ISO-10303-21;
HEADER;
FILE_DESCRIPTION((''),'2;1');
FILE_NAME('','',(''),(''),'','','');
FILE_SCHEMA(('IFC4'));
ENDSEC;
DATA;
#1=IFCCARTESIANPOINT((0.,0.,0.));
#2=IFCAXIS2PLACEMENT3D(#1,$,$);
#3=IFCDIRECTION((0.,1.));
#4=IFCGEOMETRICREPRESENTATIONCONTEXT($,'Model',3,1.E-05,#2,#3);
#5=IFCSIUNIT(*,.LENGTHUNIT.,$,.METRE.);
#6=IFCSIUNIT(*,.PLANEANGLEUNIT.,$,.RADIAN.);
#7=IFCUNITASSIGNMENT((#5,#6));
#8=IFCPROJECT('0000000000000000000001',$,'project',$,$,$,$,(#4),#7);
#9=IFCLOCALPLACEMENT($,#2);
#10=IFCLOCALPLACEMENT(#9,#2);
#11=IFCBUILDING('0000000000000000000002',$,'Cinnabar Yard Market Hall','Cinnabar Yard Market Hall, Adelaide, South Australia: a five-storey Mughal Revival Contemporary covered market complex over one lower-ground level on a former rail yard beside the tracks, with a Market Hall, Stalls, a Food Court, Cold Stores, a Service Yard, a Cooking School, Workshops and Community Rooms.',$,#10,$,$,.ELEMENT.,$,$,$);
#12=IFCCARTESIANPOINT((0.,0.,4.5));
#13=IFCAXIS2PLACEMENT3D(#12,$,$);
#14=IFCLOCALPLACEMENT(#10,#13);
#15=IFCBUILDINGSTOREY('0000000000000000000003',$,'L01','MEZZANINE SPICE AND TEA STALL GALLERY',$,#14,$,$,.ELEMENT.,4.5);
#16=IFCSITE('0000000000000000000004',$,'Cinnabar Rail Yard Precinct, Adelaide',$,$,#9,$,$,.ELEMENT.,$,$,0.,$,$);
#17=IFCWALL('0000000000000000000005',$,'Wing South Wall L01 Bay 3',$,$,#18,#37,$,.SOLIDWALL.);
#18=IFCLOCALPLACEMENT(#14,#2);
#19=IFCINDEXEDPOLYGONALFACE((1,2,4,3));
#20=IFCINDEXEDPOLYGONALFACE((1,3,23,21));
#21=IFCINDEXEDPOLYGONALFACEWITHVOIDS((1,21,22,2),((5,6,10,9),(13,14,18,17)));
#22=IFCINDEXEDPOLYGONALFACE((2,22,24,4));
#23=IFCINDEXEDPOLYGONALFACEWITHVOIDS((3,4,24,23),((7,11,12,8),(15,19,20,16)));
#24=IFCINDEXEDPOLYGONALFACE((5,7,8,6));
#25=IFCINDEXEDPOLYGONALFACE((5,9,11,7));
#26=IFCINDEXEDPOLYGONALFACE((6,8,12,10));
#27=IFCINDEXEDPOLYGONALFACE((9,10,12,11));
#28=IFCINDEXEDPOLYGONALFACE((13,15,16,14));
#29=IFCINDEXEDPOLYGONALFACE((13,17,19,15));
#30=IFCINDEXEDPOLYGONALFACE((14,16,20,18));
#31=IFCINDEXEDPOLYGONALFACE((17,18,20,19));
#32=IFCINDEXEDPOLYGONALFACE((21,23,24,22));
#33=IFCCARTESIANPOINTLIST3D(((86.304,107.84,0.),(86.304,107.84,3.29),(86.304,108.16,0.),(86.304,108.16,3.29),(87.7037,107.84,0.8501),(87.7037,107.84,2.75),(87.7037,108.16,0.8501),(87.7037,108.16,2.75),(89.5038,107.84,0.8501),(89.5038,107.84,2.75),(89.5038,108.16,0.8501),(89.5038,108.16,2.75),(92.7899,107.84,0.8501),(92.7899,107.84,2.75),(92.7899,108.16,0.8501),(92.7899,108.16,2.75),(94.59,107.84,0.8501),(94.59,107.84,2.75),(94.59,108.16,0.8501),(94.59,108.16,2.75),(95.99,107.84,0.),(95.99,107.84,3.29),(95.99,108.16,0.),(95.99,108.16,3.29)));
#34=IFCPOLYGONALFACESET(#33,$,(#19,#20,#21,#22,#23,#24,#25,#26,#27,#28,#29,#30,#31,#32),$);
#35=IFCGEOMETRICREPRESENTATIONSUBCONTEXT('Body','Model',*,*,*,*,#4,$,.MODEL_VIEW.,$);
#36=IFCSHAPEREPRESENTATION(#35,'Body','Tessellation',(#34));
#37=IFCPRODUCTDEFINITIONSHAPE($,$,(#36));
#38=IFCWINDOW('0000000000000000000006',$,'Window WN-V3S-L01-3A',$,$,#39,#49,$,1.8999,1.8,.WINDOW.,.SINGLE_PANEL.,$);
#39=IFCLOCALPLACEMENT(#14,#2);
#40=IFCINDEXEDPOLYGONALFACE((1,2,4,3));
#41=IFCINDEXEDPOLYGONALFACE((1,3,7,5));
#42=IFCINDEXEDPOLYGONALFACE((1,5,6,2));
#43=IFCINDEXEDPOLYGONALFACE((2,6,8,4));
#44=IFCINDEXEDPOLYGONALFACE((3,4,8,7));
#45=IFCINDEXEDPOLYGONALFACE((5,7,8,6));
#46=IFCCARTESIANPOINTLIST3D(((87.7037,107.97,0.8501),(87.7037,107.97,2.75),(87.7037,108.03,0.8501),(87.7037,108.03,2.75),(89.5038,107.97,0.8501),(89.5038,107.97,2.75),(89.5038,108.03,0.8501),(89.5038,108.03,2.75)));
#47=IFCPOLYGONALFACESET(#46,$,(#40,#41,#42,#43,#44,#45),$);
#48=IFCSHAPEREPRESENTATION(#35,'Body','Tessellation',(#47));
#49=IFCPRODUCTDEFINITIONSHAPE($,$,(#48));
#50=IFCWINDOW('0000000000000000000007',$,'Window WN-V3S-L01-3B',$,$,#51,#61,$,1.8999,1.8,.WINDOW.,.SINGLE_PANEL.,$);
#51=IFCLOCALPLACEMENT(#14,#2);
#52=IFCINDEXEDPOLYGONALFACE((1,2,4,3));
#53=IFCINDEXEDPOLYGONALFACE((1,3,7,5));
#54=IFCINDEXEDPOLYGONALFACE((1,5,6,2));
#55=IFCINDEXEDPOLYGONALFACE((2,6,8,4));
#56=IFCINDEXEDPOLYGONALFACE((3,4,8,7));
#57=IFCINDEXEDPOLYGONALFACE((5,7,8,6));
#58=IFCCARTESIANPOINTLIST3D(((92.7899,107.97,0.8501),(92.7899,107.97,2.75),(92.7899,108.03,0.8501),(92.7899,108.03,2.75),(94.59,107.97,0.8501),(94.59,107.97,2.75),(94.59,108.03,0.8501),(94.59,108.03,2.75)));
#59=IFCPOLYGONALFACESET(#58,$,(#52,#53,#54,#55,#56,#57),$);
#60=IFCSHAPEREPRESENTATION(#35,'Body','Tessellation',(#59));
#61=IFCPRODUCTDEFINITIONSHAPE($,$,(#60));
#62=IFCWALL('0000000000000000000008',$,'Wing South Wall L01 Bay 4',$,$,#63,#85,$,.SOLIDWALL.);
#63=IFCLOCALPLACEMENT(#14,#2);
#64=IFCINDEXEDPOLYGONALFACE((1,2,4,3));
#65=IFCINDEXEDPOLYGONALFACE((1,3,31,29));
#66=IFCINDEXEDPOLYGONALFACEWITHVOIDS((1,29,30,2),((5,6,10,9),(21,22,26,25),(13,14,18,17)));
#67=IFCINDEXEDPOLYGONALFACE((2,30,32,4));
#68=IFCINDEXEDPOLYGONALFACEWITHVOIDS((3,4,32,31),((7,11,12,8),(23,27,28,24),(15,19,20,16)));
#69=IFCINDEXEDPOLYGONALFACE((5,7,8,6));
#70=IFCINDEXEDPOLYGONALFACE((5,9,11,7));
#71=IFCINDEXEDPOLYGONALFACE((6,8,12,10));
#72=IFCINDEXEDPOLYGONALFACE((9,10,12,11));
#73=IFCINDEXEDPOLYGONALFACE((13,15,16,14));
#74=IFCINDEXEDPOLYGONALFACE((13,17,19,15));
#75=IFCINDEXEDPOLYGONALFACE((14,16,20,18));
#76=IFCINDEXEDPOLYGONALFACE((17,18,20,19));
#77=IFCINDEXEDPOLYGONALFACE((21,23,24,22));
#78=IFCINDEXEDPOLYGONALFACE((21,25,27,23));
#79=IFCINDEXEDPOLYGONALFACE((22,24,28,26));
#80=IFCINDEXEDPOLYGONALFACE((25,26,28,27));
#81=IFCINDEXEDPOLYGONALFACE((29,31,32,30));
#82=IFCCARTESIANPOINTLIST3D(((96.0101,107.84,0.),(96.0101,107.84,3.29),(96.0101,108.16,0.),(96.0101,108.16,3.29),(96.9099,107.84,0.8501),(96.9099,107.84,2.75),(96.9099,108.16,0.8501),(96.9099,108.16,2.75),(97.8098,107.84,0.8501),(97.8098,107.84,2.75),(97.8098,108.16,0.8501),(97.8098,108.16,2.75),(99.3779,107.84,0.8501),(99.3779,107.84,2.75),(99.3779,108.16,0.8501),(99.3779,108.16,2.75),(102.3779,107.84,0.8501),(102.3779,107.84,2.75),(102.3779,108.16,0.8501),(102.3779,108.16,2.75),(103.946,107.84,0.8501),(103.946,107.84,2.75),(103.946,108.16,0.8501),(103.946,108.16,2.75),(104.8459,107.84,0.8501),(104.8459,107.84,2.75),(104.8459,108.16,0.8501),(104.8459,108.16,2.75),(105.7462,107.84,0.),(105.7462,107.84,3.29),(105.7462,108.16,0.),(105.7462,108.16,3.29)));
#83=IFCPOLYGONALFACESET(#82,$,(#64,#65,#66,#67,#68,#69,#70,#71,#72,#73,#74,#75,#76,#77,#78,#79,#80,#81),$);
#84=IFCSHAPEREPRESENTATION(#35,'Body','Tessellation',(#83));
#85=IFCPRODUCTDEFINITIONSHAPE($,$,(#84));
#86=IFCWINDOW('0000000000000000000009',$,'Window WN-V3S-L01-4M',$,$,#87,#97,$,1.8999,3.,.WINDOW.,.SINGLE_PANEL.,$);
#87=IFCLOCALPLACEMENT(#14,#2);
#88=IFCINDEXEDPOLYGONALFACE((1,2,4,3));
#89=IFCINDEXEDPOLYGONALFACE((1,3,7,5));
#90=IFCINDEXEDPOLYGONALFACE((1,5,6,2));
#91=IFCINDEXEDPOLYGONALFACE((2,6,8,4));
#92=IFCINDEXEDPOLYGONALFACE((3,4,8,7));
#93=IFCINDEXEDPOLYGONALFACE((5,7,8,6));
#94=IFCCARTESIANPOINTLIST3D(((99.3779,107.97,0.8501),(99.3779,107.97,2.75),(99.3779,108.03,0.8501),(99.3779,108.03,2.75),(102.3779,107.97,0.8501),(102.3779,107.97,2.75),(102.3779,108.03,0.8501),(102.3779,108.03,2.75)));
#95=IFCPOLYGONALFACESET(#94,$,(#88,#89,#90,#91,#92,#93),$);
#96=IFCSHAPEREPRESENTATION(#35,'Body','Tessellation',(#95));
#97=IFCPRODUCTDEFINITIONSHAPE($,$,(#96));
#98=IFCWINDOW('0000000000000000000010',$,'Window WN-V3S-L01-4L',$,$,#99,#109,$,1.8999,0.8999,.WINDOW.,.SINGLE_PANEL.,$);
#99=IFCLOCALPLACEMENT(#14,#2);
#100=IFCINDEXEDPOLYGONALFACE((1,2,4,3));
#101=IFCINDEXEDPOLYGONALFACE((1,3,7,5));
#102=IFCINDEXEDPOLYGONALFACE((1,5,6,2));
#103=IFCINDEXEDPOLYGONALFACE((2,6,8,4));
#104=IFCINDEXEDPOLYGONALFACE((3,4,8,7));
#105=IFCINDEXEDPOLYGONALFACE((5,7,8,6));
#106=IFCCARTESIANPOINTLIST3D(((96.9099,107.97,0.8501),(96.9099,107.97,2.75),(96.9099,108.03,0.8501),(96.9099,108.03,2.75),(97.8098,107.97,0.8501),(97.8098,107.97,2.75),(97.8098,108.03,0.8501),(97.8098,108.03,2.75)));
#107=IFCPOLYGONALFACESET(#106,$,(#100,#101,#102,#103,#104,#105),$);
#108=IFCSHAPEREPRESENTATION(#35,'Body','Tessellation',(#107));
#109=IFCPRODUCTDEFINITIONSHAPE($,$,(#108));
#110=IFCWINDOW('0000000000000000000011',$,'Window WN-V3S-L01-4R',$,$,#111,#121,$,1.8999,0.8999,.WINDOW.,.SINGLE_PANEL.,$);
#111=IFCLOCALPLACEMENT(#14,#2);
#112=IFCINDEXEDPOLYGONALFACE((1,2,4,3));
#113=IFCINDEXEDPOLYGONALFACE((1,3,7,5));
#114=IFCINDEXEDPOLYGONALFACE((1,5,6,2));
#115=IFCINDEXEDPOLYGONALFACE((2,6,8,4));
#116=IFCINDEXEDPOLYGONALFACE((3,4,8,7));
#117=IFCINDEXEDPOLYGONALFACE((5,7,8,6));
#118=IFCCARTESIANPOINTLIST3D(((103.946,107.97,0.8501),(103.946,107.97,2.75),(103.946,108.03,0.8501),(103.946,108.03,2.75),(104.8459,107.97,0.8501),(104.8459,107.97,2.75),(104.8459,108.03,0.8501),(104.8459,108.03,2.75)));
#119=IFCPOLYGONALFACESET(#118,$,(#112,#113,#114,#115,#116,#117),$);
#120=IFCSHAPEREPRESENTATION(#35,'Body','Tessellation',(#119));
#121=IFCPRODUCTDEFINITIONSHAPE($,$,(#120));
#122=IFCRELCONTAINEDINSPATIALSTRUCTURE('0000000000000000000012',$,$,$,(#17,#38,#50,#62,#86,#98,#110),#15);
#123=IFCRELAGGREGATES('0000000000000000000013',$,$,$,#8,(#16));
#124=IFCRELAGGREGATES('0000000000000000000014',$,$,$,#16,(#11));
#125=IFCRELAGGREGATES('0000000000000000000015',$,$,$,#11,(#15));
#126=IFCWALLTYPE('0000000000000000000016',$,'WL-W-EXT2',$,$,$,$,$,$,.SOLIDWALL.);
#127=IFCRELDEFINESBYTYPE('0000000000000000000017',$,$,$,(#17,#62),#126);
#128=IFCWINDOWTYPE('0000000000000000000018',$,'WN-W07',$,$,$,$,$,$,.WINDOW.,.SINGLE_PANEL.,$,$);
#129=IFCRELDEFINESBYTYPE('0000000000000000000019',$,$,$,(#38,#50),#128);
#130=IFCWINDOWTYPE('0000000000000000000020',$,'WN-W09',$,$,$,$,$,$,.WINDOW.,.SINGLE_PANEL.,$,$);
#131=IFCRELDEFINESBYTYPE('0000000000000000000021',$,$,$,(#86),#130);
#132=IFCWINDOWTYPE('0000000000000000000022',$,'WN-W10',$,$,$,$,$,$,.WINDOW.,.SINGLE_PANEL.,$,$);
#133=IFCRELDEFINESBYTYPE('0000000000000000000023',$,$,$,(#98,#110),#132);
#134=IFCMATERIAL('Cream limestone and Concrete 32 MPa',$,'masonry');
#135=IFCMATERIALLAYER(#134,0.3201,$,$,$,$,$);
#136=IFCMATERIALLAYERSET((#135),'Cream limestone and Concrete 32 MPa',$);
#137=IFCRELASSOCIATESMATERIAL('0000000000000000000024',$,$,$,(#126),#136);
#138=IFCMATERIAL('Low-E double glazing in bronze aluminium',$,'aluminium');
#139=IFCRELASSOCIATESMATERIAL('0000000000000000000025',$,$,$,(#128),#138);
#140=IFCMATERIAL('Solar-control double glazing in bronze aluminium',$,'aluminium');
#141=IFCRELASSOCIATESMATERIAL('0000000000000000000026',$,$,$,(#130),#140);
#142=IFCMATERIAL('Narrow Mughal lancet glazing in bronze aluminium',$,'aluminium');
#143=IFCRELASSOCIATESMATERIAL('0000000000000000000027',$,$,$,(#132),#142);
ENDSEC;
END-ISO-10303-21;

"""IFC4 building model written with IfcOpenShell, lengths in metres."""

from ifc_helpers import new_model, si_unit, direction, frame, frame_2d, origin, place, context, subcontext, project, spatial, rectangle, extrude, material, layer, layer_set, type_object, element, fill, save


model = new_model("IFC4")

# Units and contexts
model_context = context("Model", 3, precision=1e-05, world=origin(), true_north=direction((0.0, 1.0)))
body_context = subcontext(model_context, "Body", "Model", "MODEL_VIEW")
ifc_project = project(units=[si_unit("LENGTHUNIT", "METRE"), si_unit("PLANEANGLEUNIT", "RADIAN")], contexts=[model_context])

# Site, building, storey
site_placement = place(None, origin())
site = spatial("IfcSite", under=ifc_project, at=site_placement, Name="Cinnabar Rail Yard Precinct, Adelaide", CompositionType="ELEMENT", RefElevation=0.0)
building_placement = place(site_placement, origin())
building = spatial("IfcBuilding", under=site, at=building_placement, Name="Cinnabar Yard Market Hall", Description="Cinnabar Yard Market Hall, Adelaide, South Australia: a five-storey Mughal Revival Contemporary covered market complex over one lower-ground level on a former rail yard beside the tracks, with a Market Hall, Stalls, a Food Court, Cold Stores, a Service Yard, a Cooking School, Workshops and Community Rooms.", CompositionType="ELEMENT")
storey_placement = place(building_placement, frame((0.0, 0.0, 4.5)))
storey = spatial("IfcBuildingStorey", under=building, at=storey_placement, Name="L01", Description="MEZZANINE SPICE AND TEA STALL GALLERY", CompositionType="ELEMENT", Elevation=4.5)

# Walls, openings, windows
ifc_material_1 = material(Name="Cream limestone and Concrete 32 MPa", Category="masonry")
ifc_layer = layer(ifc_material_1, 0.3201)
ifc_layer_set = layer_set([ifc_layer], Name="Cream limestone and Concrete 32 MPa")
wall_type = type_object("IfcWallType", Name="WL-W-EXT2", PredefinedType="SOLIDWALL", material=ifc_layer_set)
wall_1_placement = place(storey_placement, frame((86.304, 108.0, 0.0), z_axis=(0.0, 0.0, 1.0), x_axis=(1.0, 0.0, 0.0)))
wall_1 = element("IfcWall", 1, at=wall_1_placement, inside=storey, type_object=wall_type, Name="Wing South Wall L01 Bay 3", PredefinedType="SOLIDWALL", context=body_context, shape_type="SweptSolid", body=[
    extrude(rectangle(XDim=9.686, YDim=0.3201, at=frame_2d((4.843, 0.0), x_axis=(1.0, 0.0))), origin(), (0.0, 0.0, 1.0), 3.29),
])
opening_1_placement = place(wall_1_placement, frame((1.3999, 0.0, 0.8501)))
opening_1 = element("IfcOpeningElement", 2, at=opening_1_placement, cuts=wall_1, PredefinedType="OPENING", context=body_context, shape_type="SweptSolid", body=[
    extrude(rectangle(XDim=1.8, YDim=1.8999, at=frame_2d((0.8999, 0.95), x_axis=(1.0, 0.0))), frame((0.0, 0.1699, 0.0), z_axis=(0.0, -1.0, 0.0), x_axis=(1.0, 0.0, 0.0)), (0.0, 0.0, 1.0), 0.3401),
])
opening_2_placement = place(wall_1_placement, frame((6.4861, 0.0, 0.8501)))
opening_2 = element("IfcOpeningElement", 3, at=opening_2_placement, cuts=wall_1, PredefinedType="OPENING", context=body_context, shape_type="SweptSolid", body=[
    extrude(rectangle(XDim=1.8, YDim=1.8999, at=frame_2d((0.8999, 0.95), x_axis=(1.0, 0.0))), frame((0.0, 0.1699, 0.0), z_axis=(0.0, -1.0, 0.0), x_axis=(1.0, 0.0, 0.0)), (0.0, 0.0, 1.0), 0.3401),
])
ifc_material_2 = material(Name="Low-E double glazing in bronze aluminium", Category="aluminium")
window_type_1 = type_object("IfcWindowType", Name="WN-W07", PartitioningType="SINGLE_PANEL", PredefinedType="WINDOW", material=ifc_material_2)
window_1_placement = place(opening_1_placement, origin())
window_1 = element("IfcWindow", 4, at=window_1_placement, inside=storey, type_object=window_type_1, Name="Window WN-V3S-L01-3A", OverallHeight=1.8999, OverallWidth=1.8, PartitioningType="SINGLE_PANEL", PredefinedType="WINDOW", context=body_context, shape_type="SweptSolid", body=[
    extrude(rectangle(XDim=1.8, YDim=1.8999, at=frame_2d((0.8999, 0.95), x_axis=(1.0, 0.0))), frame((0.0, 0.03, 0.0), z_axis=(0.0, -1.0, 0.0), x_axis=(1.0, 0.0, 0.0)), (0.0, 0.0, 1.0), 0.0601),
])
fill(opening_1, window_1)
window_2_placement = place(opening_2_placement, origin())
window_2 = element("IfcWindow", 5, at=window_2_placement, inside=storey, type_object=window_type_1, Name="Window WN-V3S-L01-3B", OverallHeight=1.8999, OverallWidth=1.8, PartitioningType="SINGLE_PANEL", PredefinedType="WINDOW", context=body_context, shape_type="SweptSolid", body=[
    extrude(rectangle(XDim=1.8, YDim=1.8999, at=frame_2d((0.8999, 0.95), x_axis=(1.0, 0.0))), frame((0.0, 0.03, 0.0), z_axis=(0.0, -1.0, 0.0), x_axis=(1.0, 0.0, 0.0)), (0.0, 0.0, 1.0), 0.0601),
])
fill(opening_2, window_2)
wall_2_placement = place(storey_placement, frame((96.01, 108.0, 0.0), z_axis=(0.0, 0.0, 1.0), x_axis=(1.0, 0.0, 0.0)))
wall_2 = element("IfcWall", 6, at=wall_2_placement, inside=storey, type_object=wall_type, Name="Wing South Wall L01 Bay 4", PredefinedType="SOLIDWALL", context=body_context, shape_type="SweptSolid", body=[
    extrude(rectangle(XDim=9.7361, YDim=0.3201, at=frame_2d((4.8682, 0.0), x_axis=(1.0, 0.0))), origin(), (0.0, 0.0, 1.0), 3.29),
])
opening_3_placement = place(wall_2_placement, frame((3.3679, 0.0, 0.8501)))
opening_3 = element("IfcOpeningElement", 7, at=opening_3_placement, cuts=wall_2, PredefinedType="OPENING", context=body_context, shape_type="SweptSolid", body=[
    extrude(rectangle(XDim=3.0, YDim=1.8999, at=frame_2d((1.5, 0.95), x_axis=(1.0, 0.0))), frame((0.0, 0.1699, 0.0), z_axis=(0.0, -1.0, 0.0), x_axis=(1.0, 0.0, 0.0)), (0.0, 0.0, 1.0), 0.3401),
])
opening_4_placement = place(wall_2_placement, frame((0.8999, 0.0, 0.8501)))
opening_4 = element("IfcOpeningElement", 8, at=opening_4_placement, cuts=wall_2, PredefinedType="OPENING", context=body_context, shape_type="SweptSolid", body=[
    extrude(rectangle(XDim=0.8999, YDim=1.8999, at=frame_2d((0.45, 0.95), x_axis=(1.0, 0.0))), frame((0.0, 0.1699, 0.0), z_axis=(0.0, -1.0, 0.0), x_axis=(1.0, 0.0, 0.0)), (0.0, 0.0, 1.0), 0.3401),
])
opening_5_placement = place(wall_2_placement, frame((7.936, 0.0, 0.8501)))
opening_5 = element("IfcOpeningElement", 9, at=opening_5_placement, cuts=wall_2, PredefinedType="OPENING", context=body_context, shape_type="SweptSolid", body=[
    extrude(rectangle(XDim=0.8999, YDim=1.8999, at=frame_2d((0.45, 0.95), x_axis=(1.0, 0.0))), frame((0.0, 0.1699, 0.0), z_axis=(0.0, -1.0, 0.0), x_axis=(1.0, 0.0, 0.0)), (0.0, 0.0, 1.0), 0.3401),
])
ifc_material_3 = material(Name="Solar-control double glazing in bronze aluminium", Category="aluminium")
window_type_2 = type_object("IfcWindowType", Name="WN-W09", PartitioningType="SINGLE_PANEL", PredefinedType="WINDOW", material=ifc_material_3)
window_3_placement = place(opening_3_placement, origin())
window_3 = element("IfcWindow", 10, at=window_3_placement, inside=storey, type_object=window_type_2, Name="Window WN-V3S-L01-4M", OverallHeight=1.8999, OverallWidth=3.0, PartitioningType="SINGLE_PANEL", PredefinedType="WINDOW", context=body_context, shape_type="SweptSolid", body=[
    extrude(rectangle(XDim=3.0, YDim=1.8999, at=frame_2d((1.5, 0.95), x_axis=(1.0, 0.0))), frame((0.0, 0.03, 0.0), z_axis=(0.0, -1.0, 0.0), x_axis=(1.0, 0.0, 0.0)), (0.0, 0.0, 1.0), 0.0601),
])
fill(opening_3, window_3)
ifc_material_4 = material(Name="Narrow Mughal lancet glazing in bronze aluminium", Category="aluminium")
window_type_3 = type_object("IfcWindowType", Name="WN-W10", PartitioningType="SINGLE_PANEL", PredefinedType="WINDOW", material=ifc_material_4)
window_4_placement = place(opening_4_placement, origin())
window_4 = element("IfcWindow", 11, at=window_4_placement, inside=storey, type_object=window_type_3, Name="Window WN-V3S-L01-4L", OverallHeight=1.8999, OverallWidth=0.8999, PartitioningType="SINGLE_PANEL", PredefinedType="WINDOW", context=body_context, shape_type="SweptSolid", body=[
    extrude(rectangle(XDim=0.8999, YDim=1.8999, at=frame_2d((0.45, 0.95), x_axis=(1.0, 0.0))), frame((0.0, 0.03, 0.0), z_axis=(0.0, -1.0, 0.0), x_axis=(1.0, 0.0, 0.0)), (0.0, 0.0, 1.0), 0.0601),
])
fill(opening_4, window_4)
window_5_placement = place(opening_5_placement, origin())
window_5 = element("IfcWindow", 12, at=window_5_placement, inside=storey, type_object=window_type_3, Name="Window WN-V3S-L01-4R", OverallHeight=1.8999, OverallWidth=0.8999, PartitioningType="SINGLE_PANEL", PredefinedType="WINDOW", context=body_context, shape_type="SweptSolid", body=[
    extrude(rectangle(XDim=0.8999, YDim=1.8999, at=frame_2d((0.45, 0.95), x_axis=(1.0, 0.0))), frame((0.0, 0.03, 0.0), z_axis=(0.0, -1.0, 0.0), x_axis=(1.0, 0.0, 0.0)), (0.0, 0.0, 1.0), 0.0601),
])
fill(opening_5, window_5)

save(model, "model.ifc")
